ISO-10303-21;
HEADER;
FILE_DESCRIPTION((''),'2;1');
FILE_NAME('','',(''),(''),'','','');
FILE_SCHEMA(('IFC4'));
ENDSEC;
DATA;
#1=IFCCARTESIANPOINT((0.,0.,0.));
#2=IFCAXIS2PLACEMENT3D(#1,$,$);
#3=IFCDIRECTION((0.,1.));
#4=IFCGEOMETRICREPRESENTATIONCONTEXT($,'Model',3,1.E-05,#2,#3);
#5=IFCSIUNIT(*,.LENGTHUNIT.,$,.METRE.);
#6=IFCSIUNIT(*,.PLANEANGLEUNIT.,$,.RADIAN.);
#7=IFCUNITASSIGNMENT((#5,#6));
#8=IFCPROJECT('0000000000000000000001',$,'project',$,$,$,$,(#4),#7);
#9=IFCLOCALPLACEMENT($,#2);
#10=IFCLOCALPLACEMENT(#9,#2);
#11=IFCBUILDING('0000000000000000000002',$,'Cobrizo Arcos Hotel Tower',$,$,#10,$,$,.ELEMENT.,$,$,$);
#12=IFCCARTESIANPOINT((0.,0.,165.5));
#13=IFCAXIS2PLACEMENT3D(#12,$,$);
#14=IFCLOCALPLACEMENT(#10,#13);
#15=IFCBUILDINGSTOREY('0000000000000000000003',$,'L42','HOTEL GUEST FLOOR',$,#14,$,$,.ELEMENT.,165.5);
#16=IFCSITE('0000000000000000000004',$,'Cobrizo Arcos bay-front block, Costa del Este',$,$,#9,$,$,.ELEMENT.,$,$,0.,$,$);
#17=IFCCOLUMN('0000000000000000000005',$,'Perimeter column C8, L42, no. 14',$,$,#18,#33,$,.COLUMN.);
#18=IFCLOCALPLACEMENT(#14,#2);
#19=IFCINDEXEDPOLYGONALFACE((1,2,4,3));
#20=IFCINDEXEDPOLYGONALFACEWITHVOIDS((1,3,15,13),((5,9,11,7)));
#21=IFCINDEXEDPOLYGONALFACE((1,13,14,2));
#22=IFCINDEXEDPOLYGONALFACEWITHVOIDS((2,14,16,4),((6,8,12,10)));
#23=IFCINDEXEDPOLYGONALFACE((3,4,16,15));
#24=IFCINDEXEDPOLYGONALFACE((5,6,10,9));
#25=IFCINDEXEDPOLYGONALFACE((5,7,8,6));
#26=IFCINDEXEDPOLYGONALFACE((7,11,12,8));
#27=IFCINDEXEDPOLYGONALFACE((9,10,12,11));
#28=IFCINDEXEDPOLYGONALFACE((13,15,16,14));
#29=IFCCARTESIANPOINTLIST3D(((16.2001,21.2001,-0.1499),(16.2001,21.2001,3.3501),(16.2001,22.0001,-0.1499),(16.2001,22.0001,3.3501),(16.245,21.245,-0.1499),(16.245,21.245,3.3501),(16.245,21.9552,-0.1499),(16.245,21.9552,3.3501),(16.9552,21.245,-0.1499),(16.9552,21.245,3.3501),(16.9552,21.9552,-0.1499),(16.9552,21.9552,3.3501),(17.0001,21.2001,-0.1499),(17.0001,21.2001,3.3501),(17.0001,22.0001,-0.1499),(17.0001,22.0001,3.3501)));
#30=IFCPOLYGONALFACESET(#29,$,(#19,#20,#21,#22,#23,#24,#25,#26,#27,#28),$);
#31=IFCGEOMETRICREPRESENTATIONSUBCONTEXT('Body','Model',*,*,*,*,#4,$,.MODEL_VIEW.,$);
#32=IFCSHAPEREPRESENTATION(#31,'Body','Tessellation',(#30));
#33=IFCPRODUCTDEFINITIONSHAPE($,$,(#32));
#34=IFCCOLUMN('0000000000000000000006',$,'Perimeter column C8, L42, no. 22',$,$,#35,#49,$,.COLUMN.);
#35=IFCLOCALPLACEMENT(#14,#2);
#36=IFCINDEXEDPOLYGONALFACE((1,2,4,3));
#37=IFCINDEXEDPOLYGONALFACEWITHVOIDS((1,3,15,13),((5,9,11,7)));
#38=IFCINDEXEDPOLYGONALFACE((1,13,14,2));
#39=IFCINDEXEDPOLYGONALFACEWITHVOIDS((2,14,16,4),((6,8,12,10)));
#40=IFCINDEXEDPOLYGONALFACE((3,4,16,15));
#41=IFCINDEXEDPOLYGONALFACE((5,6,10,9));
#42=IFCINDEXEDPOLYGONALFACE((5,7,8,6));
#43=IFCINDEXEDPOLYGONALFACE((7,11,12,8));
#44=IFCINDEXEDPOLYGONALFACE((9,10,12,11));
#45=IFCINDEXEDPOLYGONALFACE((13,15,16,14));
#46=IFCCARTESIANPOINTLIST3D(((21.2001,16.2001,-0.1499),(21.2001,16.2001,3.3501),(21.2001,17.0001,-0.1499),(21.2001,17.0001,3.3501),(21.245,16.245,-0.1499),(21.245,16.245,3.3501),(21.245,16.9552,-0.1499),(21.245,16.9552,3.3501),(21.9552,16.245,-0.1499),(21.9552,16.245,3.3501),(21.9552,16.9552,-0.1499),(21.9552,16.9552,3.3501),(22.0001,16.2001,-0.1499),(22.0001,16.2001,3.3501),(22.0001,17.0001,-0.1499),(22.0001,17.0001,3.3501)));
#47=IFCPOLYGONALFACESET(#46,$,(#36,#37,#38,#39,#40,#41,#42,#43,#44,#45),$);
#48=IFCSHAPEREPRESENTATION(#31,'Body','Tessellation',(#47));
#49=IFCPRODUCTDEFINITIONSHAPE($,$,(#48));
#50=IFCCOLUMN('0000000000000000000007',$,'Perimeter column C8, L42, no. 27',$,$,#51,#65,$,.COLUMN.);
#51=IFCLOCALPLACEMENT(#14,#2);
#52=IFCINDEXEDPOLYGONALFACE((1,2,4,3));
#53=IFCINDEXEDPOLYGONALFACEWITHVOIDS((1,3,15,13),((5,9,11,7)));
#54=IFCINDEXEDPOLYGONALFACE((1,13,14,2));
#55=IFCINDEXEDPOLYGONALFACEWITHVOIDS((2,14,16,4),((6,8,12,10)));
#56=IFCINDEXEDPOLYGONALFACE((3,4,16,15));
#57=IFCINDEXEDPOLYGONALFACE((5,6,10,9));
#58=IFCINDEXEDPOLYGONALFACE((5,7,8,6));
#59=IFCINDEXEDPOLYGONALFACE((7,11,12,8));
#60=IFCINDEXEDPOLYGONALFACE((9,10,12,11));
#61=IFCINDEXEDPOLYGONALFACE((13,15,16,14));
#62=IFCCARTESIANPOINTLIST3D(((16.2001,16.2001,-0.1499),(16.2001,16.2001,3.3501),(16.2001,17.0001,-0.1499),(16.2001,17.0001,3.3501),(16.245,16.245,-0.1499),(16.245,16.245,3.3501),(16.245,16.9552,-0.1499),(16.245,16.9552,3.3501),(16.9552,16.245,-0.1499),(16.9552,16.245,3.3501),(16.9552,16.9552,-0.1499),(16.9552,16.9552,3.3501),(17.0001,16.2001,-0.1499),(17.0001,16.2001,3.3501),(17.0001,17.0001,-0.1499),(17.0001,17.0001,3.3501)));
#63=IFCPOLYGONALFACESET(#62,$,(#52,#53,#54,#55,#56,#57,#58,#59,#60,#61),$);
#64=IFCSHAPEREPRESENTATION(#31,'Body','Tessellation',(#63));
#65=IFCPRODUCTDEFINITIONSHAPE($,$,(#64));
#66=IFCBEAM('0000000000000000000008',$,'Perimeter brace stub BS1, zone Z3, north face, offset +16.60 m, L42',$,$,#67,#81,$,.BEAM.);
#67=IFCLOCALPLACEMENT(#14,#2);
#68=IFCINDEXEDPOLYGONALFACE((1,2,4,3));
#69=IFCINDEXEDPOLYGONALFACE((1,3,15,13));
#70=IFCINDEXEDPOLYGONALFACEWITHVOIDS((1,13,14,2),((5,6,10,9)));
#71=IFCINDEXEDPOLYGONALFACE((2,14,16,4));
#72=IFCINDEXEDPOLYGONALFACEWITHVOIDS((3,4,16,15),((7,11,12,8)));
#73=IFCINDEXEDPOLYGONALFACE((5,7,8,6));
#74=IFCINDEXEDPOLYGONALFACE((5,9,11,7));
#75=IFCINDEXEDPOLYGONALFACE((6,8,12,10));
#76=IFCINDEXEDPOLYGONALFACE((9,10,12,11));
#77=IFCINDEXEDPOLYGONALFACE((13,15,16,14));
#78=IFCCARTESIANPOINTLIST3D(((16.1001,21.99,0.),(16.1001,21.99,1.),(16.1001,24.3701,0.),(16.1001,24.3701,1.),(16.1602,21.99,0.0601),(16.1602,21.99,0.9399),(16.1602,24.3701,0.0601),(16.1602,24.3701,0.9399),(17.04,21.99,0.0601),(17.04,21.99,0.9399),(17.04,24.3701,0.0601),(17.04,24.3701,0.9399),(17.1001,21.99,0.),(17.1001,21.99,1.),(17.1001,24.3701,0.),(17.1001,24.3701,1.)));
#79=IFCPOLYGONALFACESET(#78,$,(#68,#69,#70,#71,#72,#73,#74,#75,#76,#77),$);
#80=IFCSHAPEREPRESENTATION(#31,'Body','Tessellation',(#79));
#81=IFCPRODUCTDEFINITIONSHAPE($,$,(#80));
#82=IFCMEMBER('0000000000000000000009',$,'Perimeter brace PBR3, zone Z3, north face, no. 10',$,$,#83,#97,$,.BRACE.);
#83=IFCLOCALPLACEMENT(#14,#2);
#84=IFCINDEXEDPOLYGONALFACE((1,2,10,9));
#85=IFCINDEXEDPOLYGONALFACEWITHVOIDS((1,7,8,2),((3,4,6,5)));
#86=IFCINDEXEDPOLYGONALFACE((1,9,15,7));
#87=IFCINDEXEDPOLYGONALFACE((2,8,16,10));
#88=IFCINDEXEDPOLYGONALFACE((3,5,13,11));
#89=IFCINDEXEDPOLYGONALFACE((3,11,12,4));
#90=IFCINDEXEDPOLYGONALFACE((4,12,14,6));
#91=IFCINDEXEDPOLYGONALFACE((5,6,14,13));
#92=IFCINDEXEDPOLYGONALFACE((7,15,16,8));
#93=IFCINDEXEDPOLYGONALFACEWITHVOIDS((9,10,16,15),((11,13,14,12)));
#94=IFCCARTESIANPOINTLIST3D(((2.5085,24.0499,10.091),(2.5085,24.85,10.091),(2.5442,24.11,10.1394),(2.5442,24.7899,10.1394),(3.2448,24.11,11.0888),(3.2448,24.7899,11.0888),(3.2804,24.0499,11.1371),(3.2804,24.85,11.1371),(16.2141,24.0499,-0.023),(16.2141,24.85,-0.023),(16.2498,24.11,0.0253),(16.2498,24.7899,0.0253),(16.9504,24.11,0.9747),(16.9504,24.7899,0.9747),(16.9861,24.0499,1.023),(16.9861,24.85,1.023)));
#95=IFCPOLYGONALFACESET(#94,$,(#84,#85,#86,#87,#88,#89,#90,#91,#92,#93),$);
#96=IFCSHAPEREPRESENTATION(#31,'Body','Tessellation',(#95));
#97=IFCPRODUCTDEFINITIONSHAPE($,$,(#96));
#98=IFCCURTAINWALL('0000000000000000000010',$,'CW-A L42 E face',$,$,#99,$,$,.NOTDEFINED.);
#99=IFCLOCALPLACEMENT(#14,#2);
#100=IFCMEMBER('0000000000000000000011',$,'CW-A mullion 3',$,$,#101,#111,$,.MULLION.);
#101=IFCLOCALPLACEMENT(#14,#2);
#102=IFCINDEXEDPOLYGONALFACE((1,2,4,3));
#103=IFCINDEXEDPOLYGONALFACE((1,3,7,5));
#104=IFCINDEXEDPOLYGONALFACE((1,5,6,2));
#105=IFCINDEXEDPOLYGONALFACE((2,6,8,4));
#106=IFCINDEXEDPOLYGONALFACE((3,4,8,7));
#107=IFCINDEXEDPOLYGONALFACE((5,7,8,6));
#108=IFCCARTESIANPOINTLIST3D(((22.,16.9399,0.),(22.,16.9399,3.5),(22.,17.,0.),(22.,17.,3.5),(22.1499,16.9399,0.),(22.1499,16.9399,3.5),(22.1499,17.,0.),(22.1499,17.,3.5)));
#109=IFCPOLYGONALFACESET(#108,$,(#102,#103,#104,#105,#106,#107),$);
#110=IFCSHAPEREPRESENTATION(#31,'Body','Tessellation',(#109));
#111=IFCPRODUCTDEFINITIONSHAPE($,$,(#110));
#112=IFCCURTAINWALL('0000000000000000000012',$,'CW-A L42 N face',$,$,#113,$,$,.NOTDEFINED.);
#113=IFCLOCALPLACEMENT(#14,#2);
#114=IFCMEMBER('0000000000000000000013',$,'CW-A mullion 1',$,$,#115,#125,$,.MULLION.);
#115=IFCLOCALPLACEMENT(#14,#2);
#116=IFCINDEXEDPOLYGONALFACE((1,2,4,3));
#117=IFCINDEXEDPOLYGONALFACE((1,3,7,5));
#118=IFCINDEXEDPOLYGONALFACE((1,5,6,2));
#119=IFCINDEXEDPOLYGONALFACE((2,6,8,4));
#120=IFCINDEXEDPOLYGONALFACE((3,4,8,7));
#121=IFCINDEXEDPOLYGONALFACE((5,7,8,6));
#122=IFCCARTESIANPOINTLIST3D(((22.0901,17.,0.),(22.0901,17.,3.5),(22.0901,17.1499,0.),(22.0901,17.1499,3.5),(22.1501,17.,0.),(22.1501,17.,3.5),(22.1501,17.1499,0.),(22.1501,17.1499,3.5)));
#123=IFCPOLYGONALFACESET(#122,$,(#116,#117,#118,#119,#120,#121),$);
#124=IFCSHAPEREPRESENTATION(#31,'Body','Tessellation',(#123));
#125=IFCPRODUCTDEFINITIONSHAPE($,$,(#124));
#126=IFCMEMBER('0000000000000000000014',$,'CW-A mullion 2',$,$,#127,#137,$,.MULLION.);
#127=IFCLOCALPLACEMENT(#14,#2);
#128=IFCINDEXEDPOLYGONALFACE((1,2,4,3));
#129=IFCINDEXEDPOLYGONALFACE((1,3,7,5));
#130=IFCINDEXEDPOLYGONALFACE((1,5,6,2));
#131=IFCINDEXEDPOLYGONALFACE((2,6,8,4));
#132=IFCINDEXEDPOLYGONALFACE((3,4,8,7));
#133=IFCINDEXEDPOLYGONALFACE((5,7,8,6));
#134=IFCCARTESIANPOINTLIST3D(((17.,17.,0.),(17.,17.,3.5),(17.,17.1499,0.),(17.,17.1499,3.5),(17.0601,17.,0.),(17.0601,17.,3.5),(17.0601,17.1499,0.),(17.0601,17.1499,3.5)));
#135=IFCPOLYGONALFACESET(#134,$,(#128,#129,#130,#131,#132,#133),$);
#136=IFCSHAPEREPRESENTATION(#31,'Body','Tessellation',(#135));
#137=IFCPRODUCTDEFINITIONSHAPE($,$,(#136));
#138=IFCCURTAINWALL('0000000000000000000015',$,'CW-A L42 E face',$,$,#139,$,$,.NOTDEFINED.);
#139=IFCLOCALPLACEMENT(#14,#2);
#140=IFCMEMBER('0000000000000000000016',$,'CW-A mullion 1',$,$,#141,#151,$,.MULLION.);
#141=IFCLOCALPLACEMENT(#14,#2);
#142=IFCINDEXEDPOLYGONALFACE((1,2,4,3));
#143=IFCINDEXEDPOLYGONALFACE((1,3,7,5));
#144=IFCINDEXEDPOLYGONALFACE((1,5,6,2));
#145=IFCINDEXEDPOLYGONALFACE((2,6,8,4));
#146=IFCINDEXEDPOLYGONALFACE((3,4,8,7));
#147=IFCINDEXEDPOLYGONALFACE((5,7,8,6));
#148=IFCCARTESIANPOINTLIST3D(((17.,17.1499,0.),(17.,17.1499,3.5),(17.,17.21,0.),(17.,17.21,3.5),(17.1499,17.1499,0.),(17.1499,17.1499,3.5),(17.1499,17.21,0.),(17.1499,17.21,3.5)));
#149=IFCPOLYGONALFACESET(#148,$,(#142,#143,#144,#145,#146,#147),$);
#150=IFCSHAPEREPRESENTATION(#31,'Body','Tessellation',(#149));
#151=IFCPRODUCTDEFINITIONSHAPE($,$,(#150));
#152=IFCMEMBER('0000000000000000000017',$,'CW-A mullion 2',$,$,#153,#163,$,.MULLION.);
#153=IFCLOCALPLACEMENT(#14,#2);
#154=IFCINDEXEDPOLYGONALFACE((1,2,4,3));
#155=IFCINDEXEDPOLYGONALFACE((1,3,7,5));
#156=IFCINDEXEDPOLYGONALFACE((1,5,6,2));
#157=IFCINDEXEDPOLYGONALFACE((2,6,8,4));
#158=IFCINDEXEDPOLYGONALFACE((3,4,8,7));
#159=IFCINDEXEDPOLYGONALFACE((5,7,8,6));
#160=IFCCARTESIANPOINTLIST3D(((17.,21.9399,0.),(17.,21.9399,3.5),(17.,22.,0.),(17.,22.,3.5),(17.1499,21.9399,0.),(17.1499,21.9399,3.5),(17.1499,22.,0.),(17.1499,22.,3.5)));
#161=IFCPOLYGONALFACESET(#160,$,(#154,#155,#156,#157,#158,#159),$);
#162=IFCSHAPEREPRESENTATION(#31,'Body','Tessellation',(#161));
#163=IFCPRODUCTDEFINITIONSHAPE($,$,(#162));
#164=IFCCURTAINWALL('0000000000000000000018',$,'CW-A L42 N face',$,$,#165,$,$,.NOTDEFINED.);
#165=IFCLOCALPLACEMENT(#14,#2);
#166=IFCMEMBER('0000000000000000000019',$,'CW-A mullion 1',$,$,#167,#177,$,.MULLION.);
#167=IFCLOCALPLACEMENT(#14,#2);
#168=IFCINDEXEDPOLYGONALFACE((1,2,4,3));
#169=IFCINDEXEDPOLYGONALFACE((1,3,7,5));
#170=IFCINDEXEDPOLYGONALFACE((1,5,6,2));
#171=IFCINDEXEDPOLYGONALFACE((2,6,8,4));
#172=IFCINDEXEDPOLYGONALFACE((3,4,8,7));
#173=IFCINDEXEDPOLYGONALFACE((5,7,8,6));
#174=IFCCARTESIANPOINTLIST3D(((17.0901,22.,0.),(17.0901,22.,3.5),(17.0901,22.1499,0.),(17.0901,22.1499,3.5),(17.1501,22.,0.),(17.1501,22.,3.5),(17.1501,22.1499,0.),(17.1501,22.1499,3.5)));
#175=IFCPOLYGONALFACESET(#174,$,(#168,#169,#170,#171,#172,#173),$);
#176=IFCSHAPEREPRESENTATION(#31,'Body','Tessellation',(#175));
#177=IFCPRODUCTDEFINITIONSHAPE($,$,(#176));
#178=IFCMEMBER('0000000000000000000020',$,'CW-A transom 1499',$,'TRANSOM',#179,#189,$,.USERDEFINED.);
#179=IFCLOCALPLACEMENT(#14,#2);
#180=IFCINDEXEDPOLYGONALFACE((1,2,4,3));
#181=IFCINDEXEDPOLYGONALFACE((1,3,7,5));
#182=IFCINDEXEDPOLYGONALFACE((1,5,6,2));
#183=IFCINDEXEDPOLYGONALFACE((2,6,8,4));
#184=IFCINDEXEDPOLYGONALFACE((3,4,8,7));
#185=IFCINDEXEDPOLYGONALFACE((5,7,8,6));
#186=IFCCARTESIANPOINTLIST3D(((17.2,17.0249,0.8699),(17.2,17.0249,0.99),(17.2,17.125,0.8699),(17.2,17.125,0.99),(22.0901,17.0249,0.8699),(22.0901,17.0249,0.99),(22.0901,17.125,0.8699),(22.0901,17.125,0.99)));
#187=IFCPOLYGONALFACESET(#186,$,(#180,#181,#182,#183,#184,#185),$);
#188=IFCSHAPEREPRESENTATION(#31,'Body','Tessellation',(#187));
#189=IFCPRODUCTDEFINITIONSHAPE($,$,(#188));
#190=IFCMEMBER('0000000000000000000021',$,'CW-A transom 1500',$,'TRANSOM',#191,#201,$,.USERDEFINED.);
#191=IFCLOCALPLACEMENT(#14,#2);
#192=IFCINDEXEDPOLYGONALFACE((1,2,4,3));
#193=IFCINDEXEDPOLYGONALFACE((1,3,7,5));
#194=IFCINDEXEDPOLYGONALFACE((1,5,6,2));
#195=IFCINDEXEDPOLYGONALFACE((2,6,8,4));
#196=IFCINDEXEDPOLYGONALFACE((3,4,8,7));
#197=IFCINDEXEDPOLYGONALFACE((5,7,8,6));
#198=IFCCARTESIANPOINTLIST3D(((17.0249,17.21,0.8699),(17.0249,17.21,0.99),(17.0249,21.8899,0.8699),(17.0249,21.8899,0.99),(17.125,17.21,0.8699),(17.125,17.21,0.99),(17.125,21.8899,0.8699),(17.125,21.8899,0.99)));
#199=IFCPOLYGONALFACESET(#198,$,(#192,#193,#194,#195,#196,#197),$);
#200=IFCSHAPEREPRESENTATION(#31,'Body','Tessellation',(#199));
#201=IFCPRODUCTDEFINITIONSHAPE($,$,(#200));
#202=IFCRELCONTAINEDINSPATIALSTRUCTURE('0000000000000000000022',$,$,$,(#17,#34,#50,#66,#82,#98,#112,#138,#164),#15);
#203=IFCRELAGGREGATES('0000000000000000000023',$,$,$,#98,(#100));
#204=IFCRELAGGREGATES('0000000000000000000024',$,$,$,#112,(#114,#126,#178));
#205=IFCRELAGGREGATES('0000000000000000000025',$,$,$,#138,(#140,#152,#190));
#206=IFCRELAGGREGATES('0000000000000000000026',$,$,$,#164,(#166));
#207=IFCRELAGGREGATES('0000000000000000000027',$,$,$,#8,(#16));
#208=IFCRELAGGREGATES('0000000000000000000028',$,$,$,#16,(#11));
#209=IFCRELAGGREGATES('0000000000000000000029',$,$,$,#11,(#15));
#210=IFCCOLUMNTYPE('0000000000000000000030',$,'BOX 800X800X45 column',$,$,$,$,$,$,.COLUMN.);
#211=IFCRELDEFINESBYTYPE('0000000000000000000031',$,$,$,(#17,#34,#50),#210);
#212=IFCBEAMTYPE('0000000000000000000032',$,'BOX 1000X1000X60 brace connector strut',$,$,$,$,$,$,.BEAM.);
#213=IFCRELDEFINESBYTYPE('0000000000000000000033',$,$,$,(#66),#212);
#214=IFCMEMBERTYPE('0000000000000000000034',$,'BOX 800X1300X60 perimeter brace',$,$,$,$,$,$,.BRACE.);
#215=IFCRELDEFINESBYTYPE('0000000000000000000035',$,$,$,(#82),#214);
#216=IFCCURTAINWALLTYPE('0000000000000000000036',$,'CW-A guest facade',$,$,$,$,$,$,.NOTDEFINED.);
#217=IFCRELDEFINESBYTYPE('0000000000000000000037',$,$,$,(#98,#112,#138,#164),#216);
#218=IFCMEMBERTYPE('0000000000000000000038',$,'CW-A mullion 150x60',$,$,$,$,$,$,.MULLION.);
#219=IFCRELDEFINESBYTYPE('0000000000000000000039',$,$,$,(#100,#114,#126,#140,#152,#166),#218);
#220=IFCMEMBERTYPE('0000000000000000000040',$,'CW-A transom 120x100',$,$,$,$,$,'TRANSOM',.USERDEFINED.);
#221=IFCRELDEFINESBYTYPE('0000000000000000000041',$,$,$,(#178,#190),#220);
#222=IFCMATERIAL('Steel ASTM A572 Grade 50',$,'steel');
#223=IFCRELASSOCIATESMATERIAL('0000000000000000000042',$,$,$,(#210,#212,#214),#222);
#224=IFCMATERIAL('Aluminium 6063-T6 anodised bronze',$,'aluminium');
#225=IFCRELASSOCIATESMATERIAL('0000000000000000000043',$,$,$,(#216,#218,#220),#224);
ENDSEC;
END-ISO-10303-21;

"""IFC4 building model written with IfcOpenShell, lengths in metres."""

from ifc_helpers import new_model, si_unit, direction, frame, origin, origin_2d, place, context, subcontext, project, spatial, rectangle, hollow_rectangle, extrude, material, material_profile, profile_set, type_object, element, aggregate, save


model = new_model("IFC4")

# Units and contexts
model_context = context("Model", 3, precision=1e-05, world=origin(), true_north=direction((0.0, 1.0)))
body_context = subcontext(model_context, "Body", "Model", "MODEL_VIEW")
ifc_project = project(units=[si_unit("LENGTHUNIT", "METRE"), si_unit("PLANEANGLEUNIT", "RADIAN")], contexts=[model_context])

# Site, building, storey
site_placement = place(None, origin())
site = spatial("IfcSite", under=ifc_project, at=site_placement, Name="Cobrizo Arcos bay-front block, Costa del Este", CompositionType="ELEMENT", RefElevation=0.0)
building_placement = place(site_placement, origin())
building = spatial("IfcBuilding", under=site, at=building_placement, Name="Cobrizo Arcos Hotel Tower", CompositionType="ELEMENT")
storey_placement = place(building_placement, frame((0.0, 0.0, 165.5)))
storey = spatial("IfcBuildingStorey", under=building, at=storey_placement, Name="L42", Description="HOTEL GUEST FLOOR", CompositionType="ELEMENT", Elevation=165.5)

# Columns
ifc_material_1 = material(Name="Steel ASTM A572 Grade 50", Category="steel")
ifc_material_profile_1 = material_profile(ifc_material_1, hollow_rectangle(XDim=0.8, YDim=0.8, WallThickness=0.0449, at=origin_2d()), Name="BOX 800X800X45")
ifc_profile_set_1 = profile_set([ifc_material_profile_1], Name="Steel ASTM A572 Grade 50")
column_type = type_object("IfcColumnType", Name="BOX 800X800X45 column", PredefinedType="COLUMN", material=ifc_profile_set_1)
for number, where, z_axis, x_axis, name in (
    (1, (16.6001, 21.6001, -0.1499), (0.0, 0.0, 1.0), (1.0, 0.0, 0.0), "Perimeter column C8, L42, no. 14"),
    (2, (21.6001, 16.6001, -0.1499), (0.0, 0.0, 1.0), (1.0, 0.0, 0.0), "Perimeter column C8, L42, no. 22"),
    (3, (16.6001, 16.6001, -0.1499), (0.0, 0.0, 1.0), (1.0, 0.0, 0.0), "Perimeter column C8, L42, no. 27"),
):
    element("IfcColumn", number, at=place(storey_placement, frame(where, z_axis=z_axis, x_axis=x_axis)), inside=storey, type_object=column_type, Name=name, PredefinedType="COLUMN", context=body_context, shape_type="SweptSolid", body=[
        extrude(hollow_rectangle(XDim=0.8, YDim=0.8, WallThickness=0.0449, at=origin_2d()), origin(), (0.0, 0.0, 1.0), 3.5),
    ])

# Beam
ifc_material_profile_2 = material_profile(ifc_material_1, hollow_rectangle(XDim=1.0, YDim=1.0, WallThickness=0.0601, at=origin_2d()), Name="BOX 1000X1000X60")
ifc_profile_set_2 = profile_set([ifc_material_profile_2], Name="Steel ASTM A572 Grade 50")
beam_type_1 = type_object("IfcBeamType", Name="BOX 1000X1000X60 brace connector strut", PredefinedType="BEAM", material=ifc_profile_set_2)
beam_1_placement = place(storey_placement, frame((16.6001, 21.99, 0.5), z_axis=(0.0, 1.0, 0.0), x_axis=(-1.0, 0.0, 0.0)))
element("IfcBeam", 4, at=beam_1_placement, inside=storey, type_object=beam_type_1, Name="Perimeter brace stub BS1, zone Z3, north face, offset +16.60 m, L42", PredefinedType="BEAM", context=body_context, shape_type="SweptSolid", body=[
    extrude(hollow_rectangle(XDim=1.0, YDim=1.0, WallThickness=0.0601, at=origin_2d()), origin(), (0.0, 0.0, 1.0), 2.3801),
])

# Member
ifc_material_profile_3 = material_profile(ifc_material_1, hollow_rectangle(XDim=0.8, YDim=1.3, WallThickness=0.0601, at=origin_2d()), Name="BOX 800X1300X60")
ifc_profile_set_3 = profile_set([ifc_material_profile_3], Name="Steel ASTM A572 Grade 50")
member_type_1 = type_object("IfcMemberType", Name="BOX 800X1300X60 perimeter brace", PredefinedType="BRACE", material=ifc_profile_set_3)
member_1_placement = place(storey_placement, frame((16.6001, 24.45, 0.5), z_axis=(-0.80463, 0.0, 0.593776), x_axis=(0.0, -1.0, 0.0)))
element("IfcMember", 5, at=member_1_placement, inside=storey, type_object=member_type_1, Name="Perimeter brace PBR3, zone Z3, north face, no. 10", PredefinedType="BRACE", context=body_context, shape_type="SweptSolid", body=[
    extrude(hollow_rectangle(XDim=0.8, YDim=1.3, WallThickness=0.0601, at=origin_2d()), origin(), (0.0, 0.0, 1.0), 17.0334),
])

# Curtain wall, member
ifc_material_2 = material(Name="Aluminium 6063-T6 anodised bronze", Category="aluminium")
curtain_wall_type = type_object("IfcCurtainWallType", Name="CW-A guest facade", PredefinedType="NOTDEFINED", material=ifc_material_2)
curtain_wall_1_placement = place(storey_placement, origin())
curtain_wall_1 = element("IfcCurtainWall", 6, at=curtain_wall_1_placement, inside=storey, type_object=curtain_wall_type, Name="CW-A L42 E face", PredefinedType="NOTDEFINED")
ifc_material_profile_4 = material_profile(ifc_material_2, rectangle(XDim=0.1499, YDim=0.0601, at=origin_2d()), Name="CW-A mullion 150x60")
ifc_profile_set_4 = profile_set([ifc_material_profile_4], Name="Aluminium 6063-T6 anodised bronze")
member_type_2 = type_object("IfcMemberType", Name="CW-A mullion 150x60", PredefinedType="MULLION", material=ifc_profile_set_4)
member_2_placement = place(storey_placement, frame((22.075, 16.97, 0.0), z_axis=(0.0, 0.0, 1.0), x_axis=(1.0, 0.0, 0.0)))
member_2 = element("IfcMember", 7, at=member_2_placement, type_object=member_type_2, Name="CW-A mullion 3", PredefinedType="MULLION", context=body_context, shape_type="SweptSolid", body=[
    extrude(rectangle(XDim=0.1499, YDim=0.0601, at=origin_2d()), origin(), (0.0, 0.0, 1.0), 3.5),
])

# Curtain walls, members
curtain_wall_2_placement = place(storey_placement, origin())
curtain_wall_2 = element("IfcCurtainWall", 8, at=curtain_wall_2_placement, inside=storey, type_object=curtain_wall_type, Name="CW-A L42 N face", PredefinedType="NOTDEFINED")
member_3_placement = place(storey_placement, frame((22.1201, 17.075, 0.0), z_axis=(0.0, 0.0, 1.0), x_axis=(0.0, 1.0, 0.0)))
member_3 = element("IfcMember", 9, at=member_3_placement, type_object=member_type_2, Name="CW-A mullion 1", PredefinedType="MULLION", context=body_context, shape_type="SweptSolid", body=[
    extrude(rectangle(XDim=0.1499, YDim=0.0601, at=origin_2d()), origin(), (0.0, 0.0, 1.0), 3.5),
])
member_4_placement = place(storey_placement, frame((17.03, 17.075, 0.0), z_axis=(0.0, 0.0, 1.0), x_axis=(0.0, 1.0, 0.0)))
member_4 = element("IfcMember", 10, at=member_4_placement, type_object=member_type_2, Name="CW-A mullion 2", PredefinedType="MULLION", context=body_context, shape_type="SweptSolid", body=[
    extrude(rectangle(XDim=0.1499, YDim=0.0601, at=origin_2d()), origin(), (0.0, 0.0, 1.0), 3.5),
])
curtain_wall_3_placement = place(storey_placement, origin())
curtain_wall_3 = element("IfcCurtainWall", 11, at=curtain_wall_3_placement, inside=storey, type_object=curtain_wall_type, Name="CW-A L42 E face", PredefinedType="NOTDEFINED")
member_5_placement = place(storey_placement, frame((17.075, 17.1799, 0.0), z_axis=(0.0, 0.0, 1.0), x_axis=(1.0, 0.0, 0.0)))
member_5 = element("IfcMember", 12, at=member_5_placement, type_object=member_type_2, Name="CW-A mullion 1", PredefinedType="MULLION", context=body_context, shape_type="SweptSolid", body=[
    extrude(rectangle(XDim=0.1499, YDim=0.0601, at=origin_2d()), origin(), (0.0, 0.0, 1.0), 3.5),
])
member_6_placement = place(storey_placement, frame((17.075, 21.97, 0.0), z_axis=(0.0, 0.0, 1.0), x_axis=(1.0, 0.0, 0.0)))
member_6 = element("IfcMember", 13, at=member_6_placement, type_object=member_type_2, Name="CW-A mullion 2", PredefinedType="MULLION", context=body_context, shape_type="SweptSolid", body=[
    extrude(rectangle(XDim=0.1499, YDim=0.0601, at=origin_2d()), origin(), (0.0, 0.0, 1.0), 3.5),
])

# Curtain wall, member
curtain_wall_4_placement = place(storey_placement, origin())
curtain_wall_4 = element("IfcCurtainWall", 14, at=curtain_wall_4_placement, inside=storey, type_object=curtain_wall_type, Name="CW-A L42 N face", PredefinedType="NOTDEFINED")
member_7_placement = place(storey_placement, frame((17.1201, 22.075, 0.0), z_axis=(0.0, 0.0, 1.0), x_axis=(0.0, 1.0, 0.0)))
member_7 = element("IfcMember", 15, at=member_7_placement, type_object=member_type_2, Name="CW-A mullion 1", PredefinedType="MULLION", context=body_context, shape_type="SweptSolid", body=[
    extrude(rectangle(XDim=0.1499, YDim=0.0601, at=origin_2d()), origin(), (0.0, 0.0, 1.0), 3.5),
])

# Members
ifc_material_profile_5 = material_profile(ifc_material_2, rectangle(XDim=0.1001, YDim=0.1201, at=origin_2d()), Name="CW-A transom 120x100")
ifc_profile_set_5 = profile_set([ifc_material_profile_5], Name="Aluminium 6063-T6 anodised bronze")
member_type_3 = type_object("IfcMemberType", Name="CW-A transom 120x100", ElementType="TRANSOM", PredefinedType="USERDEFINED", material=ifc_profile_set_5)
member_8_placement = place(storey_placement, frame((22.0901, 17.075, 0.9299), z_axis=(-1.0, 0.0, 0.0), x_axis=(0.0, -1.0, 0.0)))
member_8 = element("IfcMember", 16, at=member_8_placement, type_object=member_type_3, Name="CW-A transom 1499", ObjectType="TRANSOM", PredefinedType="USERDEFINED", context=body_context, shape_type="SweptSolid", body=[
    extrude(rectangle(XDim=0.1001, YDim=0.1201, at=origin_2d()), origin(), (0.0, 0.0, 1.0), 4.8901),
])
member_9_placement = place(storey_placement, frame((17.075, 17.21, 0.9299), z_axis=(0.0, 1.0, 0.0), x_axis=(-1.0, 0.0, 0.0)))
member_9 = element("IfcMember", 17, at=member_9_placement, type_object=member_type_3, Name="CW-A transom 1500", ObjectType="TRANSOM", PredefinedType="USERDEFINED", context=body_context, shape_type="SweptSolid", body=[
    extrude(rectangle(XDim=0.1001, YDim=0.1201, at=origin_2d()), origin(), (0.0, 0.0, 1.0), 4.6799),
])

aggregate(curtain_wall_1, [member_2])
aggregate(curtain_wall_2, [member_3, member_4, member_8])
aggregate(curtain_wall_3, [member_5, member_6, member_9])
aggregate(curtain_wall_4, [member_7])

save(model, "model.ifc")
